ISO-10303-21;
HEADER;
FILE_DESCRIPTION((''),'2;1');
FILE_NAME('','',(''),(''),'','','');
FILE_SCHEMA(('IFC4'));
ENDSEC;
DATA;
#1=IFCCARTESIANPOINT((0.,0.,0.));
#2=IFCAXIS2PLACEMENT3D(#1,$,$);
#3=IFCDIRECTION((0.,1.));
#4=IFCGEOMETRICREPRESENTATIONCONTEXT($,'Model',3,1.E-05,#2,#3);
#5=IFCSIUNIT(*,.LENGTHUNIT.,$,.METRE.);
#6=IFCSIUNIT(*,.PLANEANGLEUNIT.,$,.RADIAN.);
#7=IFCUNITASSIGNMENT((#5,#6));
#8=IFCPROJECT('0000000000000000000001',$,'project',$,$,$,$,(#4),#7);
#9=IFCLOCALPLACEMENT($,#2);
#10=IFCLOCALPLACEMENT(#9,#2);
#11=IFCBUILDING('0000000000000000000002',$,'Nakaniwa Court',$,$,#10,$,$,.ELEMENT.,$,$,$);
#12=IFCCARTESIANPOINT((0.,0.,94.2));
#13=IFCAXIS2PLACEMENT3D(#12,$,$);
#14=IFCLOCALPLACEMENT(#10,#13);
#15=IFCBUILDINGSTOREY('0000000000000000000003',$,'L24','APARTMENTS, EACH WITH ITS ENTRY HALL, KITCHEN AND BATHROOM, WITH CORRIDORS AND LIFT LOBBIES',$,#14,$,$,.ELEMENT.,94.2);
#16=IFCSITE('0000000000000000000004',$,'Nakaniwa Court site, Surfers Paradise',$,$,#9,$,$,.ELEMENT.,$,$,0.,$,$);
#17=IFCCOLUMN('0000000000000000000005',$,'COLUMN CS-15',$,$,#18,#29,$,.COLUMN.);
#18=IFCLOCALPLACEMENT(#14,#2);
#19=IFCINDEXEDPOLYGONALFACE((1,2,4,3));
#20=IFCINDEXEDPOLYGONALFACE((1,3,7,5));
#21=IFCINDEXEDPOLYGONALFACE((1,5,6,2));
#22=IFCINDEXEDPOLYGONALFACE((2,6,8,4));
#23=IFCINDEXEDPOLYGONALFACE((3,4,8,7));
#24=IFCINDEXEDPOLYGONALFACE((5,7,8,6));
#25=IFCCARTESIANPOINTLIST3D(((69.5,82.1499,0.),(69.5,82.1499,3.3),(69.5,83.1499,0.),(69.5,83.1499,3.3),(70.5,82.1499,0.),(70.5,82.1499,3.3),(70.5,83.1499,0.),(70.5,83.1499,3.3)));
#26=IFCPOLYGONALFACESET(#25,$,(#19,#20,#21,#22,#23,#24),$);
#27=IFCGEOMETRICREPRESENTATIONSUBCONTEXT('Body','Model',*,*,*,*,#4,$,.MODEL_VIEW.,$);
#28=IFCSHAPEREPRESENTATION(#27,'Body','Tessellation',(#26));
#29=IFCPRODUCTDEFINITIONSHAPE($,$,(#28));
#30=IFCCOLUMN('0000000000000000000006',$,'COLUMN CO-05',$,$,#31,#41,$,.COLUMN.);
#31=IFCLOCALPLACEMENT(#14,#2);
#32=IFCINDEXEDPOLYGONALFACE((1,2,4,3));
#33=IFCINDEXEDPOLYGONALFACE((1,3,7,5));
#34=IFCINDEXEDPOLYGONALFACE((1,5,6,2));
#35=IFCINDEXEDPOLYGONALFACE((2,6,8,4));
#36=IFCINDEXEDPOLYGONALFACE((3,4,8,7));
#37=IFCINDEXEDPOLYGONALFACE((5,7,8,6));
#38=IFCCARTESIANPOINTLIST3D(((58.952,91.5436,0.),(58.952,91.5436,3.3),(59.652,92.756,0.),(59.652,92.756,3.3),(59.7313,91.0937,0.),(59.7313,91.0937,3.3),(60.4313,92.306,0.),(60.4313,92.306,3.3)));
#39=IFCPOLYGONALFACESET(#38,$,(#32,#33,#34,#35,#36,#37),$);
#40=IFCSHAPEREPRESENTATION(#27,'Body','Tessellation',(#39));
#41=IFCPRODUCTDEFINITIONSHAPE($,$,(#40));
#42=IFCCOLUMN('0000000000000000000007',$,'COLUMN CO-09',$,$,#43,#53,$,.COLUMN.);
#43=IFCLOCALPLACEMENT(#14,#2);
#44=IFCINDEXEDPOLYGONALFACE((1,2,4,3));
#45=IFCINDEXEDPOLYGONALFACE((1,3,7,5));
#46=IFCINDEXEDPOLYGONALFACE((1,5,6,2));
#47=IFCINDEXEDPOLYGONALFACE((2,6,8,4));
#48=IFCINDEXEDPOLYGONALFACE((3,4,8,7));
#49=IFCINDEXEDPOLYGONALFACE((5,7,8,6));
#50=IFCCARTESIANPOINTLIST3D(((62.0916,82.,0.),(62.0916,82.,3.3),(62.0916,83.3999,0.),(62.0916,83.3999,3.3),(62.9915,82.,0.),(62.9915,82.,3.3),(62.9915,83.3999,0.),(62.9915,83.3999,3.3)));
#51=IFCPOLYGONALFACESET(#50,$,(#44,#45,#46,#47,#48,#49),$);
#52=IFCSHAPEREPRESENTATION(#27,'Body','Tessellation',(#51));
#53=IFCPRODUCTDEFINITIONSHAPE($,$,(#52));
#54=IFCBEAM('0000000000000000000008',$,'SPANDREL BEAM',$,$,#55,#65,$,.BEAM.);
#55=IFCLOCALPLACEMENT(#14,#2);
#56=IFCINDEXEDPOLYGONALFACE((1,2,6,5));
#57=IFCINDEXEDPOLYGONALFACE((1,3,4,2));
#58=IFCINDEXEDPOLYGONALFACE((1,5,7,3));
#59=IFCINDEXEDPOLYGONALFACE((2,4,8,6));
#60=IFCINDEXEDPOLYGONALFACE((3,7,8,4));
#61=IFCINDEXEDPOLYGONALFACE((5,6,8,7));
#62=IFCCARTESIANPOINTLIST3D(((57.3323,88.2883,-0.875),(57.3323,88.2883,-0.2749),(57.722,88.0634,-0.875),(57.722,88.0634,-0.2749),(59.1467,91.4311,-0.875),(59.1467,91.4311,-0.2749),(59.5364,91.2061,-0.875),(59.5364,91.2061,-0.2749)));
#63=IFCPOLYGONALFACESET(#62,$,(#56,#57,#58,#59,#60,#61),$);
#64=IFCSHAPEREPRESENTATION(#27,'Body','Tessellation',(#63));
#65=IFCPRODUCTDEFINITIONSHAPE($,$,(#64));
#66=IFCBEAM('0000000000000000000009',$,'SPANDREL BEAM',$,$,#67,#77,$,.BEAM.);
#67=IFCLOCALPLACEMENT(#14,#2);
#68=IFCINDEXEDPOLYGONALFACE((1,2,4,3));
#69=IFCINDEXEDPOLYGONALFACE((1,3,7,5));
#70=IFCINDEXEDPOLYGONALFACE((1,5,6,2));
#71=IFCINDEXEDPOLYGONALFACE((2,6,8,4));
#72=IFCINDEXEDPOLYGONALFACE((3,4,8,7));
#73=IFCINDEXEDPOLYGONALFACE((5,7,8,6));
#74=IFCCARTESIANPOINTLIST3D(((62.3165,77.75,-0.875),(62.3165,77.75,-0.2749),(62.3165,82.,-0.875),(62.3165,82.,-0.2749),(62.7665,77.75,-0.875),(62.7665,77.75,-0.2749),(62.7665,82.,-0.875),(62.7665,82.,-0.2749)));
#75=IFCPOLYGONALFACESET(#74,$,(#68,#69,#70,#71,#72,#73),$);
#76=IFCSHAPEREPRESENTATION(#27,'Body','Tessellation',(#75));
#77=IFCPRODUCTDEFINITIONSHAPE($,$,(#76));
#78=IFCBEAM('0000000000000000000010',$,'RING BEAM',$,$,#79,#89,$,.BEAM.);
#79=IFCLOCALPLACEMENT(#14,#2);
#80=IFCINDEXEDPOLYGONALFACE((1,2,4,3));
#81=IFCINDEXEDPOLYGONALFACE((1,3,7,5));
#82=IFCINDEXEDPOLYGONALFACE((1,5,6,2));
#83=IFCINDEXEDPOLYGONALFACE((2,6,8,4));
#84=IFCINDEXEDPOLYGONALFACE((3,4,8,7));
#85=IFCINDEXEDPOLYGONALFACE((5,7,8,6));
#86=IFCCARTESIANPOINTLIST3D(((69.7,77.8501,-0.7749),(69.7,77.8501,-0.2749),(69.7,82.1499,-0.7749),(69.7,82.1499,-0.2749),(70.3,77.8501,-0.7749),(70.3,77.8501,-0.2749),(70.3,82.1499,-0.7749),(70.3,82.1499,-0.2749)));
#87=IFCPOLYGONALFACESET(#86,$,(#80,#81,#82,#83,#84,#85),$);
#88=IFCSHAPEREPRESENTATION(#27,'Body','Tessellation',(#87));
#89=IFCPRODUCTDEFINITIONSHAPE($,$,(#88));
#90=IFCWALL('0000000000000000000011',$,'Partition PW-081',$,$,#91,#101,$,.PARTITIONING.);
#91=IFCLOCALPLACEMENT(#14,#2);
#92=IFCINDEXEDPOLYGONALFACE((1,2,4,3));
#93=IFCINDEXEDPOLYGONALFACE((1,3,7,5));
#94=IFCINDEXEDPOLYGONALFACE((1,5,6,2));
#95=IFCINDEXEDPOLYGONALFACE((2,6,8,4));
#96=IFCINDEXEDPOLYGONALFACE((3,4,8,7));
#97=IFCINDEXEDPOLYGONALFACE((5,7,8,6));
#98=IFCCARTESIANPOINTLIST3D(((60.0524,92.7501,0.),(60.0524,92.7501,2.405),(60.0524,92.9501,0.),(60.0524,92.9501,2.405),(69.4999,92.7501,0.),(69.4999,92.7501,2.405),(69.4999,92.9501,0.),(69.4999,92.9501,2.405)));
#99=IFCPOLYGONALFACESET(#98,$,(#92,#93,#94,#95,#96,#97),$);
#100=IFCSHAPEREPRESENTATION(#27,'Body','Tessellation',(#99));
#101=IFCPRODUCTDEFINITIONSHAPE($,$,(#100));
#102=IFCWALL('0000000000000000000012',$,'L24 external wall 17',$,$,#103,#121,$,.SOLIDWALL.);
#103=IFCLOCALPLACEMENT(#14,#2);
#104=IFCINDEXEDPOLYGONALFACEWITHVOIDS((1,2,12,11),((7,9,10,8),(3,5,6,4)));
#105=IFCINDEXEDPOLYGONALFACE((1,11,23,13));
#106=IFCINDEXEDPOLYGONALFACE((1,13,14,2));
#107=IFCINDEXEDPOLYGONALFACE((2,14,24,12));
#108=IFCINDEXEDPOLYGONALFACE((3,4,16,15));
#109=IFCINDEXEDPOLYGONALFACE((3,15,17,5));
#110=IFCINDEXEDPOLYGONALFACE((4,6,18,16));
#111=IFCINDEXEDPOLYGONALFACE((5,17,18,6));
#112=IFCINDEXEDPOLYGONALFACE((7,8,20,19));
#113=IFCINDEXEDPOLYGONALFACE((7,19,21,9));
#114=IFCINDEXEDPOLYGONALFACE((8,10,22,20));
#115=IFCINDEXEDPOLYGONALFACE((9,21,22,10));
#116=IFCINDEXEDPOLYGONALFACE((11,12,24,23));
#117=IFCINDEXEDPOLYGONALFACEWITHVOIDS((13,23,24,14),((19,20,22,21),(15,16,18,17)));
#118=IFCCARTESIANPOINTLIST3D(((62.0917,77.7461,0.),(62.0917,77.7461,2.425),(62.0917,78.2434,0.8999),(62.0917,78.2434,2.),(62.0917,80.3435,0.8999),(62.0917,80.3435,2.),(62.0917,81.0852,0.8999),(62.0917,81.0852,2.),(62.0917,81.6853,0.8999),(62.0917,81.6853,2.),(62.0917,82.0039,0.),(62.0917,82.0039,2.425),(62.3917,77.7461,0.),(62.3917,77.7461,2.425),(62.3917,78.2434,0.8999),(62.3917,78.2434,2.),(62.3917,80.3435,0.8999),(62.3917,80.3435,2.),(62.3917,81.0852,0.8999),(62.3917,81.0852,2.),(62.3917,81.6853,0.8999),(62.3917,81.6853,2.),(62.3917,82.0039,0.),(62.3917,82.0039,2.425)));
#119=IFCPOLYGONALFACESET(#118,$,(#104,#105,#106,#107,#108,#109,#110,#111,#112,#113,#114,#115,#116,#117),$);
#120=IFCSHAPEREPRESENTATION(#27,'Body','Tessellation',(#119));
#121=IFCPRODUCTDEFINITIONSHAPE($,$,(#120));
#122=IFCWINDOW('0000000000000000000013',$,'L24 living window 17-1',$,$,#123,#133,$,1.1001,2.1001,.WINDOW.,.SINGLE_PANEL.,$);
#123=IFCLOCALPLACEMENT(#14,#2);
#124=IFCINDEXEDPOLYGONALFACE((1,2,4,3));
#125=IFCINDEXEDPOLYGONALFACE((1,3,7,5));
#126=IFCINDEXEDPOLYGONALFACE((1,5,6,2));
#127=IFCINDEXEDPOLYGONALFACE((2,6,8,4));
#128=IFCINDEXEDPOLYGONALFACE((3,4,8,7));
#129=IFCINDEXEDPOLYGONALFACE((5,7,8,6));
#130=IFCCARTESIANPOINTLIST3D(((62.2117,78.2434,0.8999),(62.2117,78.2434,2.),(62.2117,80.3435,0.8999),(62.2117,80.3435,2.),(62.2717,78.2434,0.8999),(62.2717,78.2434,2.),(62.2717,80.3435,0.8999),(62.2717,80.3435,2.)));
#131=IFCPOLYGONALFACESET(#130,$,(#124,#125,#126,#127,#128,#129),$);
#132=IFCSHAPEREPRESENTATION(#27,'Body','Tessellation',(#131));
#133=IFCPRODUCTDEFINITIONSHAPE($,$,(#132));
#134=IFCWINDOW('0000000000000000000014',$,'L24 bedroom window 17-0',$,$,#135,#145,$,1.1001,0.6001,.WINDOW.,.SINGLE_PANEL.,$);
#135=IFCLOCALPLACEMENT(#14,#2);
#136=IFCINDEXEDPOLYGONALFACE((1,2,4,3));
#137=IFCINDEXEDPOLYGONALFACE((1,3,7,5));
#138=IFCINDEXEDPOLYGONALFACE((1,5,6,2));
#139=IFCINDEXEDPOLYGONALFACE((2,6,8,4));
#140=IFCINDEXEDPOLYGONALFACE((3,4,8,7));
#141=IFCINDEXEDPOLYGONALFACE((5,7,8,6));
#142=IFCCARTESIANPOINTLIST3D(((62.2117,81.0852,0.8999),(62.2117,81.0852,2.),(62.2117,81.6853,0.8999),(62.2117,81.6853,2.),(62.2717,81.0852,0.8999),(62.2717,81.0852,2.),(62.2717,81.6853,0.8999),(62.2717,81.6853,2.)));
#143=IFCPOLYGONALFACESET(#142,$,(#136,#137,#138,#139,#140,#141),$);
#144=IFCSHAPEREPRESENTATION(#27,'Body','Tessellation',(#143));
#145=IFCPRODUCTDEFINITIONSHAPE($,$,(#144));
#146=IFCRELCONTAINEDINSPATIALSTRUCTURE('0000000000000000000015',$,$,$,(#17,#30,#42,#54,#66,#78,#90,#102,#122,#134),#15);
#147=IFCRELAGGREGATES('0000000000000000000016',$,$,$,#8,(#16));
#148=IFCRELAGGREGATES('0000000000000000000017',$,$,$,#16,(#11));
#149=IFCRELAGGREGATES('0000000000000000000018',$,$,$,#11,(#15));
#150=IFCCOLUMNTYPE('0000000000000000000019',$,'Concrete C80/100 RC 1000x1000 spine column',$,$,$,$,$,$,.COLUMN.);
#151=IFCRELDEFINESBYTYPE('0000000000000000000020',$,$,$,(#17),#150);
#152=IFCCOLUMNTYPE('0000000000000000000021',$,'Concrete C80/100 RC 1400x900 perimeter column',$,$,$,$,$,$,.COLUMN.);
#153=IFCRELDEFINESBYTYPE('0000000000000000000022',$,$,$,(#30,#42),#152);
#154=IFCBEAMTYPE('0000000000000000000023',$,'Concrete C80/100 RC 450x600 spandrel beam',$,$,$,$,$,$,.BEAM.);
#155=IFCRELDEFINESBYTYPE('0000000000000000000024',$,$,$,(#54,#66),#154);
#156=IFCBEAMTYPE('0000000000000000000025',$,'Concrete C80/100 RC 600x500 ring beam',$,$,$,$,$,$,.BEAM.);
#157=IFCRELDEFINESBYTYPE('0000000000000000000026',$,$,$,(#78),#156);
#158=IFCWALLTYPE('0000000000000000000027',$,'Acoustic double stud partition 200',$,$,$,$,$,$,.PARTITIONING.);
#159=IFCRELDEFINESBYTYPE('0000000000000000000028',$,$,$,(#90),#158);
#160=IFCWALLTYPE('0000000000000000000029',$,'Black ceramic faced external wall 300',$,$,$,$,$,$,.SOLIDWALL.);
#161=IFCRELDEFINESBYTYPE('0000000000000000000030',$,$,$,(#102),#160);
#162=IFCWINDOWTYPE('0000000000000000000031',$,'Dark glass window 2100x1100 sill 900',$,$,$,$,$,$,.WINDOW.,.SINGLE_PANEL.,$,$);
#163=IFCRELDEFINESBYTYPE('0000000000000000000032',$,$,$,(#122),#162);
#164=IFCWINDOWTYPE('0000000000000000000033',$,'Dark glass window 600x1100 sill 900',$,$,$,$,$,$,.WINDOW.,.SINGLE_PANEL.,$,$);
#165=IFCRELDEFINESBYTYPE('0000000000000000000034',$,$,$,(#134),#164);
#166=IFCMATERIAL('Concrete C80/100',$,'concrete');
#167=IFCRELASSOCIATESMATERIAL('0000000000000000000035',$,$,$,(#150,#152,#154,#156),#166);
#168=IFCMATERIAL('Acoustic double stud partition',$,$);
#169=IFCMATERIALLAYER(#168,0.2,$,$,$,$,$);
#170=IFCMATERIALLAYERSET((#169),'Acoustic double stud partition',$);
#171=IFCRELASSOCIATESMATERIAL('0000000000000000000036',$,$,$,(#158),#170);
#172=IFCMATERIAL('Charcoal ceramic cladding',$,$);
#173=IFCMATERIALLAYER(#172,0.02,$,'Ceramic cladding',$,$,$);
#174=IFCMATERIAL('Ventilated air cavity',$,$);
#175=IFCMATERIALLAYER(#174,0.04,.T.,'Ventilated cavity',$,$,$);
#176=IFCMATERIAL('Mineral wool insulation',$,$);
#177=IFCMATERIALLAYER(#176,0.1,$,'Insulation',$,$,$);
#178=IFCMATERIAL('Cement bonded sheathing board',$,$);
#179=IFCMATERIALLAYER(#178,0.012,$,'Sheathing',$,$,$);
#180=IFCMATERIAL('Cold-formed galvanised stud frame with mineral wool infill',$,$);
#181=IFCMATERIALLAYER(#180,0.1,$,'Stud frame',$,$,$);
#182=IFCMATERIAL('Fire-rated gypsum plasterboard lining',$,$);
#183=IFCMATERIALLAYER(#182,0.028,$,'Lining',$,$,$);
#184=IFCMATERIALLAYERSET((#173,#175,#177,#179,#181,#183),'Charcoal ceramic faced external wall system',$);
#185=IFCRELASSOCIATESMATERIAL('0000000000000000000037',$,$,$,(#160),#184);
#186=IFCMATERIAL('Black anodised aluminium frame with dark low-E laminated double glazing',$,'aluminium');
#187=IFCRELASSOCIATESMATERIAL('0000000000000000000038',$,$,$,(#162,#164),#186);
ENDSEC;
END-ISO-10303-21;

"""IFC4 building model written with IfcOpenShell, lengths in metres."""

from ifc_helpers import new_model, si_unit, direction, frame, frame_2d, origin, origin_2d, place, context, subcontext, project, spatial, rectangle, extrude, material, layer, layer_set, material_profile, profile_set, type_object, element, fill, save


model = new_model("IFC4")

# Units and contexts
model_context = context("Model", 3, precision=1e-05, world=origin(), true_north=direction((0.0, 1.0)))
body_context = subcontext(model_context, "Body", "Model", "MODEL_VIEW")
ifc_project = project(units=[si_unit("LENGTHUNIT", "METRE"), si_unit("PLANEANGLEUNIT", "RADIAN")], contexts=[model_context])

# Site, building, storey
site_placement = place(None, origin())
site = spatial("IfcSite", under=ifc_project, at=site_placement, Name="Nakaniwa Court site, Surfers Paradise", CompositionType="ELEMENT", RefElevation=0.0)
building_placement = place(site_placement, origin())
building = spatial("IfcBuilding", under=site, at=building_placement, Name="Nakaniwa Court", CompositionType="ELEMENT")
storey_placement = place(building_placement, frame((0.0, 0.0, 94.2)))
storey = spatial("IfcBuildingStorey", under=building, at=storey_placement, Name="L24", Description="APARTMENTS, EACH WITH ITS ENTRY HALL, KITCHEN AND BATHROOM, WITH CORRIDORS AND LIFT LOBBIES", CompositionType="ELEMENT", Elevation=94.2)

# Columns
ifc_material_1 = material(Name="Concrete C80/100", Category="concrete")
ifc_material_profile_1 = material_profile(ifc_material_1, rectangle(XDim=1.0, YDim=1.0, at=origin_2d()), Name="Concrete C80/100 RC 1000x1000 spine column")
ifc_profile_set_1 = profile_set([ifc_material_profile_1], Name="Concrete C80/100")
column_type_1 = type_object("IfcColumnType", Name="Concrete C80/100 RC 1000x1000 spine column", PredefinedType="COLUMN", material=ifc_profile_set_1)
column_placement = place(storey_placement, frame((70.0, 82.6499, 0.0), z_axis=(0.0, 0.0, 1.0), x_axis=(0.0, -1.0, 0.0)))
element("IfcColumn", 1, at=column_placement, inside=storey, type_object=column_type_1, Name="COLUMN CS-15", PredefinedType="COLUMN", context=body_context, shape_type="SweptSolid", body=[
    extrude(rectangle(XDim=1.0, YDim=1.0, at=origin_2d()), origin(), (0.0, 0.0, 1.0), 3.3),
])
ifc_material_profile_2 = material_profile(ifc_material_1, rectangle(XDim=1.3999, YDim=0.8999, at=origin_2d()), Name="Concrete C80/100 RC 1400x900 perimeter column")
ifc_profile_set_2 = profile_set([ifc_material_profile_2], Name="Concrete C80/100")
column_type_2 = type_object("IfcColumnType", Name="Concrete C80/100 RC 1400x900 perimeter column", PredefinedType="COLUMN", material=ifc_profile_set_2)
for number, where, z_axis, x_axis, name in (
    (2, (59.6917, 91.9248, 0.0), (0.0, 0.0, 1.0), (-0.5, -0.866025, 0.0), "COLUMN CO-05"),
    (3, (62.5415, 82.7, 0.0), (0.0, 0.0, 1.0), (0.0, -1.0, 0.0), "COLUMN CO-09"),
):
    element("IfcColumn", number, at=place(storey_placement, frame(where, z_axis=z_axis, x_axis=x_axis)), inside=storey, type_object=column_type_2, Name=name, PredefinedType="COLUMN", context=body_context, shape_type="SweptSolid", body=[
        extrude(rectangle(XDim=1.3999, YDim=0.8999, at=origin_2d()), origin(), (0.0, 0.0, 1.0), 3.3),
    ])

# Beams
ifc_material_profile_3 = material_profile(ifc_material_1, rectangle(XDim=0.45, YDim=0.6001, at=origin_2d()), Name="Concrete C80/100 RC 450x600 spandrel beam")
ifc_profile_set_3 = profile_set([ifc_material_profile_3], Name="Concrete C80/100")
beam_type_1 = type_object("IfcBeamType", Name="Concrete C80/100 RC 450x600 spandrel beam", PredefinedType="BEAM", material=ifc_profile_set_3)
beam_1_placement = place(storey_placement, frame((59.3416, 91.3186, -0.575), z_axis=(-0.499988, -0.866032, 0.0), x_axis=(0.866032, -0.499988, 0.0)))
element("IfcBeam", 4, at=beam_1_placement, inside=storey, type_object=beam_type_1, Name="SPANDREL BEAM", PredefinedType="BEAM", context=body_context, shape_type="SweptSolid", body=[
    extrude(rectangle(XDim=0.45, YDim=0.6001, at=origin_2d()), origin(), (0.0, 0.0, 1.0), 3.6289),
])
beam_2_placement = place(storey_placement, frame((62.5415, 82.0, -0.575), z_axis=(0.0, -1.0, 0.0), x_axis=(1.0, 0.0, 0.0)))
element("IfcBeam", 5, at=beam_2_placement, inside=storey, type_object=beam_type_1, Name="SPANDREL BEAM", PredefinedType="BEAM", context=body_context, shape_type="SweptSolid", body=[
    extrude(rectangle(XDim=0.45, YDim=0.6001, at=origin_2d()), origin(), (0.0, 0.0, 1.0), 4.25),
])
ifc_material_profile_4 = material_profile(ifc_material_1, rectangle(XDim=0.6001, YDim=0.5, at=origin_2d()), Name="Concrete C80/100 RC 600x500 ring beam")
ifc_profile_set_4 = profile_set([ifc_material_profile_4], Name="Concrete C80/100")
beam_type_2 = type_object("IfcBeamType", Name="Concrete C80/100 RC 600x500 ring beam", PredefinedType="BEAM", material=ifc_profile_set_4)
beam_3_placement = place(storey_placement, frame((70.0, 82.1499, -0.5249), z_axis=(0.0, -1.0, 0.0), x_axis=(1.0, 0.0, 0.0)))
element("IfcBeam", 6, at=beam_3_placement, inside=storey, type_object=beam_type_2, Name="RING BEAM", PredefinedType="BEAM", context=body_context, shape_type="SweptSolid", body=[
    extrude(rectangle(XDim=0.6001, YDim=0.5, at=origin_2d()), origin(), (0.0, 0.0, 1.0), 4.2998),
])

# Wall
ifc_material_2 = material(Name="Acoustic double stud partition")
ifc_layer_1 = layer(ifc_material_2, 0.2)
ifc_layer_set_1 = layer_set([ifc_layer_1], Name="Acoustic double stud partition")
wall_type_1 = type_object("IfcWallType", Name="Acoustic double stud partition 200", PredefinedType="PARTITIONING", material=ifc_layer_set_1)
wall_1_placement = place(storey_placement, frame((60.0525, 92.8501, 0.0), z_axis=(0.0, 0.0, 1.0), x_axis=(1.0, 0.0, 0.0)))
element("IfcWall", 7, at=wall_1_placement, inside=storey, type_object=wall_type_1, Name="Partition PW-081", PredefinedType="PARTITIONING", context=body_context, shape_type="SweptSolid", body=[
    extrude(rectangle(XDim=9.4475, YDim=0.2, at=frame_2d((4.7236, 0.0))), origin(), (0.0, 0.0, 1.0), 2.405),
])

# Wall, openings, windows
ifc_material_3 = material(Name="Charcoal ceramic cladding")
ifc_layer_2 = layer(ifc_material_3, 0.02, Name="Ceramic cladding")
ifc_material_4 = material(Name="Ventilated air cavity")
ifc_layer_3 = layer(ifc_material_4, 0.04, ventilated=True, Name="Ventilated cavity")
ifc_material_5 = material(Name="Mineral wool insulation")
ifc_layer_4 = layer(ifc_material_5, 0.1, Name="Insulation")
ifc_material_6 = material(Name="Cement bonded sheathing board")
ifc_layer_5 = layer(ifc_material_6, 0.012, Name="Sheathing")
ifc_material_7 = material(Name="Cold-formed galvanised stud frame with mineral wool infill")
ifc_layer_6 = layer(ifc_material_7, 0.1, Name="Stud frame")
ifc_material_8 = material(Name="Fire-rated gypsum plasterboard lining")
ifc_layer_7 = layer(ifc_material_8, 0.028, Name="Lining")
ifc_layer_set_2 = layer_set([ifc_layer_2, ifc_layer_3, ifc_layer_4, ifc_layer_5, ifc_layer_6, ifc_layer_7], Name="Charcoal ceramic faced external wall system")
wall_type_2 = type_object("IfcWallType", Name="Black ceramic faced external wall 300", PredefinedType="SOLIDWALL", material=ifc_layer_set_2)
wall_2_placement = place(storey_placement, frame((62.2417, 82.0039, 0.0), z_axis=(0.0, 0.0, 1.0), x_axis=(0.0, -1.0, 0.0)))
wall_2 = element("IfcWall", 8, at=wall_2_placement, inside=storey, type_object=wall_type_2, Name="L24 external wall 17", PredefinedType="SOLIDWALL", context=body_context, shape_type="SweptSolid", body=[
    extrude(rectangle(XDim=4.2578, YDim=0.3, at=frame_2d((2.1289, 0.0))), origin(), (0.0, 0.0, 1.0), 2.425),
])
opening_1_placement = place(wall_2_placement, frame((0.3186, 0.0, 0.8999)))
opening_1 = element("IfcOpeningElement", 9, at=opening_1_placement, cuts=wall_2, PredefinedType="OPENING", context=body_context, shape_type="SweptSolid", body=[
    extrude(rectangle(XDim=0.6001, YDim=1.1001, at=frame_2d((0.3, 0.55))), frame((0.0, 0.1599, 0.0), z_axis=(0.0, -1.0, 0.0), x_axis=(1.0, 0.0, 0.0)), (0.0, 0.0, 1.0), 0.3201),
])
opening_2_placement = place(wall_2_placement, frame((1.6604, 0.0, 0.8999)))
opening_2 = element("IfcOpeningElement", 10, at=opening_2_placement, cuts=wall_2, PredefinedType="OPENING", context=body_context, shape_type="SweptSolid", body=[
    extrude(rectangle(XDim=2.1001, YDim=1.1001, at=frame_2d((1.05, 0.55))), frame((0.0, 0.1599, 0.0), z_axis=(0.0, -1.0, 0.0), x_axis=(1.0, 0.0, 0.0)), (0.0, 0.0, 1.0), 0.3201),
])
ifc_material_9 = material(Name="Black anodised aluminium frame with dark low-E laminated double glazing", Category="aluminium")
window_type_1 = type_object("IfcWindowType", Name="Dark glass window 2100x1100 sill 900", PartitioningType="SINGLE_PANEL", PredefinedType="WINDOW", material=ifc_material_9)
window_1_placement = place(opening_2_placement, origin())
window_1 = element("IfcWindow", 11, at=window_1_placement, inside=storey, type_object=window_type_1, Name="L24 living window 17-1", OverallHeight=1.1001, OverallWidth=2.1001, PartitioningType="SINGLE_PANEL", PredefinedType="WINDOW", context=body_context, shape_type="SweptSolid", body=[
    extrude(rectangle(XDim=2.1001, YDim=1.1001, at=frame_2d((1.05, 0.55))), frame((0.0, 0.03, 0.0), z_axis=(0.0, -1.0, 0.0), x_axis=(1.0, 0.0, 0.0)), (0.0, 0.0, 1.0), 0.0601),
])
fill(opening_2, window_1)
window_type_2 = type_object("IfcWindowType", Name="Dark glass window 600x1100 sill 900", PartitioningType="SINGLE_PANEL", PredefinedType="WINDOW", material=ifc_material_9)
window_2_placement = place(opening_1_placement, origin())
window_2 = element("IfcWindow", 12, at=window_2_placement, inside=storey, type_object=window_type_2, Name="L24 bedroom window 17-0", OverallHeight=1.1001, OverallWidth=0.6001, PartitioningType="SINGLE_PANEL", PredefinedType="WINDOW", context=body_context, shape_type="SweptSolid", body=[
    extrude(rectangle(XDim=0.6001, YDim=1.1001, at=frame_2d((0.3, 0.55))), frame((0.0, 0.03, 0.0), z_axis=(0.0, -1.0, 0.0), x_axis=(1.0, 0.0, 0.0)), (0.0, 0.0, 1.0), 0.0601),
])
fill(opening_1, window_2)

save(model, "model.ifc")
